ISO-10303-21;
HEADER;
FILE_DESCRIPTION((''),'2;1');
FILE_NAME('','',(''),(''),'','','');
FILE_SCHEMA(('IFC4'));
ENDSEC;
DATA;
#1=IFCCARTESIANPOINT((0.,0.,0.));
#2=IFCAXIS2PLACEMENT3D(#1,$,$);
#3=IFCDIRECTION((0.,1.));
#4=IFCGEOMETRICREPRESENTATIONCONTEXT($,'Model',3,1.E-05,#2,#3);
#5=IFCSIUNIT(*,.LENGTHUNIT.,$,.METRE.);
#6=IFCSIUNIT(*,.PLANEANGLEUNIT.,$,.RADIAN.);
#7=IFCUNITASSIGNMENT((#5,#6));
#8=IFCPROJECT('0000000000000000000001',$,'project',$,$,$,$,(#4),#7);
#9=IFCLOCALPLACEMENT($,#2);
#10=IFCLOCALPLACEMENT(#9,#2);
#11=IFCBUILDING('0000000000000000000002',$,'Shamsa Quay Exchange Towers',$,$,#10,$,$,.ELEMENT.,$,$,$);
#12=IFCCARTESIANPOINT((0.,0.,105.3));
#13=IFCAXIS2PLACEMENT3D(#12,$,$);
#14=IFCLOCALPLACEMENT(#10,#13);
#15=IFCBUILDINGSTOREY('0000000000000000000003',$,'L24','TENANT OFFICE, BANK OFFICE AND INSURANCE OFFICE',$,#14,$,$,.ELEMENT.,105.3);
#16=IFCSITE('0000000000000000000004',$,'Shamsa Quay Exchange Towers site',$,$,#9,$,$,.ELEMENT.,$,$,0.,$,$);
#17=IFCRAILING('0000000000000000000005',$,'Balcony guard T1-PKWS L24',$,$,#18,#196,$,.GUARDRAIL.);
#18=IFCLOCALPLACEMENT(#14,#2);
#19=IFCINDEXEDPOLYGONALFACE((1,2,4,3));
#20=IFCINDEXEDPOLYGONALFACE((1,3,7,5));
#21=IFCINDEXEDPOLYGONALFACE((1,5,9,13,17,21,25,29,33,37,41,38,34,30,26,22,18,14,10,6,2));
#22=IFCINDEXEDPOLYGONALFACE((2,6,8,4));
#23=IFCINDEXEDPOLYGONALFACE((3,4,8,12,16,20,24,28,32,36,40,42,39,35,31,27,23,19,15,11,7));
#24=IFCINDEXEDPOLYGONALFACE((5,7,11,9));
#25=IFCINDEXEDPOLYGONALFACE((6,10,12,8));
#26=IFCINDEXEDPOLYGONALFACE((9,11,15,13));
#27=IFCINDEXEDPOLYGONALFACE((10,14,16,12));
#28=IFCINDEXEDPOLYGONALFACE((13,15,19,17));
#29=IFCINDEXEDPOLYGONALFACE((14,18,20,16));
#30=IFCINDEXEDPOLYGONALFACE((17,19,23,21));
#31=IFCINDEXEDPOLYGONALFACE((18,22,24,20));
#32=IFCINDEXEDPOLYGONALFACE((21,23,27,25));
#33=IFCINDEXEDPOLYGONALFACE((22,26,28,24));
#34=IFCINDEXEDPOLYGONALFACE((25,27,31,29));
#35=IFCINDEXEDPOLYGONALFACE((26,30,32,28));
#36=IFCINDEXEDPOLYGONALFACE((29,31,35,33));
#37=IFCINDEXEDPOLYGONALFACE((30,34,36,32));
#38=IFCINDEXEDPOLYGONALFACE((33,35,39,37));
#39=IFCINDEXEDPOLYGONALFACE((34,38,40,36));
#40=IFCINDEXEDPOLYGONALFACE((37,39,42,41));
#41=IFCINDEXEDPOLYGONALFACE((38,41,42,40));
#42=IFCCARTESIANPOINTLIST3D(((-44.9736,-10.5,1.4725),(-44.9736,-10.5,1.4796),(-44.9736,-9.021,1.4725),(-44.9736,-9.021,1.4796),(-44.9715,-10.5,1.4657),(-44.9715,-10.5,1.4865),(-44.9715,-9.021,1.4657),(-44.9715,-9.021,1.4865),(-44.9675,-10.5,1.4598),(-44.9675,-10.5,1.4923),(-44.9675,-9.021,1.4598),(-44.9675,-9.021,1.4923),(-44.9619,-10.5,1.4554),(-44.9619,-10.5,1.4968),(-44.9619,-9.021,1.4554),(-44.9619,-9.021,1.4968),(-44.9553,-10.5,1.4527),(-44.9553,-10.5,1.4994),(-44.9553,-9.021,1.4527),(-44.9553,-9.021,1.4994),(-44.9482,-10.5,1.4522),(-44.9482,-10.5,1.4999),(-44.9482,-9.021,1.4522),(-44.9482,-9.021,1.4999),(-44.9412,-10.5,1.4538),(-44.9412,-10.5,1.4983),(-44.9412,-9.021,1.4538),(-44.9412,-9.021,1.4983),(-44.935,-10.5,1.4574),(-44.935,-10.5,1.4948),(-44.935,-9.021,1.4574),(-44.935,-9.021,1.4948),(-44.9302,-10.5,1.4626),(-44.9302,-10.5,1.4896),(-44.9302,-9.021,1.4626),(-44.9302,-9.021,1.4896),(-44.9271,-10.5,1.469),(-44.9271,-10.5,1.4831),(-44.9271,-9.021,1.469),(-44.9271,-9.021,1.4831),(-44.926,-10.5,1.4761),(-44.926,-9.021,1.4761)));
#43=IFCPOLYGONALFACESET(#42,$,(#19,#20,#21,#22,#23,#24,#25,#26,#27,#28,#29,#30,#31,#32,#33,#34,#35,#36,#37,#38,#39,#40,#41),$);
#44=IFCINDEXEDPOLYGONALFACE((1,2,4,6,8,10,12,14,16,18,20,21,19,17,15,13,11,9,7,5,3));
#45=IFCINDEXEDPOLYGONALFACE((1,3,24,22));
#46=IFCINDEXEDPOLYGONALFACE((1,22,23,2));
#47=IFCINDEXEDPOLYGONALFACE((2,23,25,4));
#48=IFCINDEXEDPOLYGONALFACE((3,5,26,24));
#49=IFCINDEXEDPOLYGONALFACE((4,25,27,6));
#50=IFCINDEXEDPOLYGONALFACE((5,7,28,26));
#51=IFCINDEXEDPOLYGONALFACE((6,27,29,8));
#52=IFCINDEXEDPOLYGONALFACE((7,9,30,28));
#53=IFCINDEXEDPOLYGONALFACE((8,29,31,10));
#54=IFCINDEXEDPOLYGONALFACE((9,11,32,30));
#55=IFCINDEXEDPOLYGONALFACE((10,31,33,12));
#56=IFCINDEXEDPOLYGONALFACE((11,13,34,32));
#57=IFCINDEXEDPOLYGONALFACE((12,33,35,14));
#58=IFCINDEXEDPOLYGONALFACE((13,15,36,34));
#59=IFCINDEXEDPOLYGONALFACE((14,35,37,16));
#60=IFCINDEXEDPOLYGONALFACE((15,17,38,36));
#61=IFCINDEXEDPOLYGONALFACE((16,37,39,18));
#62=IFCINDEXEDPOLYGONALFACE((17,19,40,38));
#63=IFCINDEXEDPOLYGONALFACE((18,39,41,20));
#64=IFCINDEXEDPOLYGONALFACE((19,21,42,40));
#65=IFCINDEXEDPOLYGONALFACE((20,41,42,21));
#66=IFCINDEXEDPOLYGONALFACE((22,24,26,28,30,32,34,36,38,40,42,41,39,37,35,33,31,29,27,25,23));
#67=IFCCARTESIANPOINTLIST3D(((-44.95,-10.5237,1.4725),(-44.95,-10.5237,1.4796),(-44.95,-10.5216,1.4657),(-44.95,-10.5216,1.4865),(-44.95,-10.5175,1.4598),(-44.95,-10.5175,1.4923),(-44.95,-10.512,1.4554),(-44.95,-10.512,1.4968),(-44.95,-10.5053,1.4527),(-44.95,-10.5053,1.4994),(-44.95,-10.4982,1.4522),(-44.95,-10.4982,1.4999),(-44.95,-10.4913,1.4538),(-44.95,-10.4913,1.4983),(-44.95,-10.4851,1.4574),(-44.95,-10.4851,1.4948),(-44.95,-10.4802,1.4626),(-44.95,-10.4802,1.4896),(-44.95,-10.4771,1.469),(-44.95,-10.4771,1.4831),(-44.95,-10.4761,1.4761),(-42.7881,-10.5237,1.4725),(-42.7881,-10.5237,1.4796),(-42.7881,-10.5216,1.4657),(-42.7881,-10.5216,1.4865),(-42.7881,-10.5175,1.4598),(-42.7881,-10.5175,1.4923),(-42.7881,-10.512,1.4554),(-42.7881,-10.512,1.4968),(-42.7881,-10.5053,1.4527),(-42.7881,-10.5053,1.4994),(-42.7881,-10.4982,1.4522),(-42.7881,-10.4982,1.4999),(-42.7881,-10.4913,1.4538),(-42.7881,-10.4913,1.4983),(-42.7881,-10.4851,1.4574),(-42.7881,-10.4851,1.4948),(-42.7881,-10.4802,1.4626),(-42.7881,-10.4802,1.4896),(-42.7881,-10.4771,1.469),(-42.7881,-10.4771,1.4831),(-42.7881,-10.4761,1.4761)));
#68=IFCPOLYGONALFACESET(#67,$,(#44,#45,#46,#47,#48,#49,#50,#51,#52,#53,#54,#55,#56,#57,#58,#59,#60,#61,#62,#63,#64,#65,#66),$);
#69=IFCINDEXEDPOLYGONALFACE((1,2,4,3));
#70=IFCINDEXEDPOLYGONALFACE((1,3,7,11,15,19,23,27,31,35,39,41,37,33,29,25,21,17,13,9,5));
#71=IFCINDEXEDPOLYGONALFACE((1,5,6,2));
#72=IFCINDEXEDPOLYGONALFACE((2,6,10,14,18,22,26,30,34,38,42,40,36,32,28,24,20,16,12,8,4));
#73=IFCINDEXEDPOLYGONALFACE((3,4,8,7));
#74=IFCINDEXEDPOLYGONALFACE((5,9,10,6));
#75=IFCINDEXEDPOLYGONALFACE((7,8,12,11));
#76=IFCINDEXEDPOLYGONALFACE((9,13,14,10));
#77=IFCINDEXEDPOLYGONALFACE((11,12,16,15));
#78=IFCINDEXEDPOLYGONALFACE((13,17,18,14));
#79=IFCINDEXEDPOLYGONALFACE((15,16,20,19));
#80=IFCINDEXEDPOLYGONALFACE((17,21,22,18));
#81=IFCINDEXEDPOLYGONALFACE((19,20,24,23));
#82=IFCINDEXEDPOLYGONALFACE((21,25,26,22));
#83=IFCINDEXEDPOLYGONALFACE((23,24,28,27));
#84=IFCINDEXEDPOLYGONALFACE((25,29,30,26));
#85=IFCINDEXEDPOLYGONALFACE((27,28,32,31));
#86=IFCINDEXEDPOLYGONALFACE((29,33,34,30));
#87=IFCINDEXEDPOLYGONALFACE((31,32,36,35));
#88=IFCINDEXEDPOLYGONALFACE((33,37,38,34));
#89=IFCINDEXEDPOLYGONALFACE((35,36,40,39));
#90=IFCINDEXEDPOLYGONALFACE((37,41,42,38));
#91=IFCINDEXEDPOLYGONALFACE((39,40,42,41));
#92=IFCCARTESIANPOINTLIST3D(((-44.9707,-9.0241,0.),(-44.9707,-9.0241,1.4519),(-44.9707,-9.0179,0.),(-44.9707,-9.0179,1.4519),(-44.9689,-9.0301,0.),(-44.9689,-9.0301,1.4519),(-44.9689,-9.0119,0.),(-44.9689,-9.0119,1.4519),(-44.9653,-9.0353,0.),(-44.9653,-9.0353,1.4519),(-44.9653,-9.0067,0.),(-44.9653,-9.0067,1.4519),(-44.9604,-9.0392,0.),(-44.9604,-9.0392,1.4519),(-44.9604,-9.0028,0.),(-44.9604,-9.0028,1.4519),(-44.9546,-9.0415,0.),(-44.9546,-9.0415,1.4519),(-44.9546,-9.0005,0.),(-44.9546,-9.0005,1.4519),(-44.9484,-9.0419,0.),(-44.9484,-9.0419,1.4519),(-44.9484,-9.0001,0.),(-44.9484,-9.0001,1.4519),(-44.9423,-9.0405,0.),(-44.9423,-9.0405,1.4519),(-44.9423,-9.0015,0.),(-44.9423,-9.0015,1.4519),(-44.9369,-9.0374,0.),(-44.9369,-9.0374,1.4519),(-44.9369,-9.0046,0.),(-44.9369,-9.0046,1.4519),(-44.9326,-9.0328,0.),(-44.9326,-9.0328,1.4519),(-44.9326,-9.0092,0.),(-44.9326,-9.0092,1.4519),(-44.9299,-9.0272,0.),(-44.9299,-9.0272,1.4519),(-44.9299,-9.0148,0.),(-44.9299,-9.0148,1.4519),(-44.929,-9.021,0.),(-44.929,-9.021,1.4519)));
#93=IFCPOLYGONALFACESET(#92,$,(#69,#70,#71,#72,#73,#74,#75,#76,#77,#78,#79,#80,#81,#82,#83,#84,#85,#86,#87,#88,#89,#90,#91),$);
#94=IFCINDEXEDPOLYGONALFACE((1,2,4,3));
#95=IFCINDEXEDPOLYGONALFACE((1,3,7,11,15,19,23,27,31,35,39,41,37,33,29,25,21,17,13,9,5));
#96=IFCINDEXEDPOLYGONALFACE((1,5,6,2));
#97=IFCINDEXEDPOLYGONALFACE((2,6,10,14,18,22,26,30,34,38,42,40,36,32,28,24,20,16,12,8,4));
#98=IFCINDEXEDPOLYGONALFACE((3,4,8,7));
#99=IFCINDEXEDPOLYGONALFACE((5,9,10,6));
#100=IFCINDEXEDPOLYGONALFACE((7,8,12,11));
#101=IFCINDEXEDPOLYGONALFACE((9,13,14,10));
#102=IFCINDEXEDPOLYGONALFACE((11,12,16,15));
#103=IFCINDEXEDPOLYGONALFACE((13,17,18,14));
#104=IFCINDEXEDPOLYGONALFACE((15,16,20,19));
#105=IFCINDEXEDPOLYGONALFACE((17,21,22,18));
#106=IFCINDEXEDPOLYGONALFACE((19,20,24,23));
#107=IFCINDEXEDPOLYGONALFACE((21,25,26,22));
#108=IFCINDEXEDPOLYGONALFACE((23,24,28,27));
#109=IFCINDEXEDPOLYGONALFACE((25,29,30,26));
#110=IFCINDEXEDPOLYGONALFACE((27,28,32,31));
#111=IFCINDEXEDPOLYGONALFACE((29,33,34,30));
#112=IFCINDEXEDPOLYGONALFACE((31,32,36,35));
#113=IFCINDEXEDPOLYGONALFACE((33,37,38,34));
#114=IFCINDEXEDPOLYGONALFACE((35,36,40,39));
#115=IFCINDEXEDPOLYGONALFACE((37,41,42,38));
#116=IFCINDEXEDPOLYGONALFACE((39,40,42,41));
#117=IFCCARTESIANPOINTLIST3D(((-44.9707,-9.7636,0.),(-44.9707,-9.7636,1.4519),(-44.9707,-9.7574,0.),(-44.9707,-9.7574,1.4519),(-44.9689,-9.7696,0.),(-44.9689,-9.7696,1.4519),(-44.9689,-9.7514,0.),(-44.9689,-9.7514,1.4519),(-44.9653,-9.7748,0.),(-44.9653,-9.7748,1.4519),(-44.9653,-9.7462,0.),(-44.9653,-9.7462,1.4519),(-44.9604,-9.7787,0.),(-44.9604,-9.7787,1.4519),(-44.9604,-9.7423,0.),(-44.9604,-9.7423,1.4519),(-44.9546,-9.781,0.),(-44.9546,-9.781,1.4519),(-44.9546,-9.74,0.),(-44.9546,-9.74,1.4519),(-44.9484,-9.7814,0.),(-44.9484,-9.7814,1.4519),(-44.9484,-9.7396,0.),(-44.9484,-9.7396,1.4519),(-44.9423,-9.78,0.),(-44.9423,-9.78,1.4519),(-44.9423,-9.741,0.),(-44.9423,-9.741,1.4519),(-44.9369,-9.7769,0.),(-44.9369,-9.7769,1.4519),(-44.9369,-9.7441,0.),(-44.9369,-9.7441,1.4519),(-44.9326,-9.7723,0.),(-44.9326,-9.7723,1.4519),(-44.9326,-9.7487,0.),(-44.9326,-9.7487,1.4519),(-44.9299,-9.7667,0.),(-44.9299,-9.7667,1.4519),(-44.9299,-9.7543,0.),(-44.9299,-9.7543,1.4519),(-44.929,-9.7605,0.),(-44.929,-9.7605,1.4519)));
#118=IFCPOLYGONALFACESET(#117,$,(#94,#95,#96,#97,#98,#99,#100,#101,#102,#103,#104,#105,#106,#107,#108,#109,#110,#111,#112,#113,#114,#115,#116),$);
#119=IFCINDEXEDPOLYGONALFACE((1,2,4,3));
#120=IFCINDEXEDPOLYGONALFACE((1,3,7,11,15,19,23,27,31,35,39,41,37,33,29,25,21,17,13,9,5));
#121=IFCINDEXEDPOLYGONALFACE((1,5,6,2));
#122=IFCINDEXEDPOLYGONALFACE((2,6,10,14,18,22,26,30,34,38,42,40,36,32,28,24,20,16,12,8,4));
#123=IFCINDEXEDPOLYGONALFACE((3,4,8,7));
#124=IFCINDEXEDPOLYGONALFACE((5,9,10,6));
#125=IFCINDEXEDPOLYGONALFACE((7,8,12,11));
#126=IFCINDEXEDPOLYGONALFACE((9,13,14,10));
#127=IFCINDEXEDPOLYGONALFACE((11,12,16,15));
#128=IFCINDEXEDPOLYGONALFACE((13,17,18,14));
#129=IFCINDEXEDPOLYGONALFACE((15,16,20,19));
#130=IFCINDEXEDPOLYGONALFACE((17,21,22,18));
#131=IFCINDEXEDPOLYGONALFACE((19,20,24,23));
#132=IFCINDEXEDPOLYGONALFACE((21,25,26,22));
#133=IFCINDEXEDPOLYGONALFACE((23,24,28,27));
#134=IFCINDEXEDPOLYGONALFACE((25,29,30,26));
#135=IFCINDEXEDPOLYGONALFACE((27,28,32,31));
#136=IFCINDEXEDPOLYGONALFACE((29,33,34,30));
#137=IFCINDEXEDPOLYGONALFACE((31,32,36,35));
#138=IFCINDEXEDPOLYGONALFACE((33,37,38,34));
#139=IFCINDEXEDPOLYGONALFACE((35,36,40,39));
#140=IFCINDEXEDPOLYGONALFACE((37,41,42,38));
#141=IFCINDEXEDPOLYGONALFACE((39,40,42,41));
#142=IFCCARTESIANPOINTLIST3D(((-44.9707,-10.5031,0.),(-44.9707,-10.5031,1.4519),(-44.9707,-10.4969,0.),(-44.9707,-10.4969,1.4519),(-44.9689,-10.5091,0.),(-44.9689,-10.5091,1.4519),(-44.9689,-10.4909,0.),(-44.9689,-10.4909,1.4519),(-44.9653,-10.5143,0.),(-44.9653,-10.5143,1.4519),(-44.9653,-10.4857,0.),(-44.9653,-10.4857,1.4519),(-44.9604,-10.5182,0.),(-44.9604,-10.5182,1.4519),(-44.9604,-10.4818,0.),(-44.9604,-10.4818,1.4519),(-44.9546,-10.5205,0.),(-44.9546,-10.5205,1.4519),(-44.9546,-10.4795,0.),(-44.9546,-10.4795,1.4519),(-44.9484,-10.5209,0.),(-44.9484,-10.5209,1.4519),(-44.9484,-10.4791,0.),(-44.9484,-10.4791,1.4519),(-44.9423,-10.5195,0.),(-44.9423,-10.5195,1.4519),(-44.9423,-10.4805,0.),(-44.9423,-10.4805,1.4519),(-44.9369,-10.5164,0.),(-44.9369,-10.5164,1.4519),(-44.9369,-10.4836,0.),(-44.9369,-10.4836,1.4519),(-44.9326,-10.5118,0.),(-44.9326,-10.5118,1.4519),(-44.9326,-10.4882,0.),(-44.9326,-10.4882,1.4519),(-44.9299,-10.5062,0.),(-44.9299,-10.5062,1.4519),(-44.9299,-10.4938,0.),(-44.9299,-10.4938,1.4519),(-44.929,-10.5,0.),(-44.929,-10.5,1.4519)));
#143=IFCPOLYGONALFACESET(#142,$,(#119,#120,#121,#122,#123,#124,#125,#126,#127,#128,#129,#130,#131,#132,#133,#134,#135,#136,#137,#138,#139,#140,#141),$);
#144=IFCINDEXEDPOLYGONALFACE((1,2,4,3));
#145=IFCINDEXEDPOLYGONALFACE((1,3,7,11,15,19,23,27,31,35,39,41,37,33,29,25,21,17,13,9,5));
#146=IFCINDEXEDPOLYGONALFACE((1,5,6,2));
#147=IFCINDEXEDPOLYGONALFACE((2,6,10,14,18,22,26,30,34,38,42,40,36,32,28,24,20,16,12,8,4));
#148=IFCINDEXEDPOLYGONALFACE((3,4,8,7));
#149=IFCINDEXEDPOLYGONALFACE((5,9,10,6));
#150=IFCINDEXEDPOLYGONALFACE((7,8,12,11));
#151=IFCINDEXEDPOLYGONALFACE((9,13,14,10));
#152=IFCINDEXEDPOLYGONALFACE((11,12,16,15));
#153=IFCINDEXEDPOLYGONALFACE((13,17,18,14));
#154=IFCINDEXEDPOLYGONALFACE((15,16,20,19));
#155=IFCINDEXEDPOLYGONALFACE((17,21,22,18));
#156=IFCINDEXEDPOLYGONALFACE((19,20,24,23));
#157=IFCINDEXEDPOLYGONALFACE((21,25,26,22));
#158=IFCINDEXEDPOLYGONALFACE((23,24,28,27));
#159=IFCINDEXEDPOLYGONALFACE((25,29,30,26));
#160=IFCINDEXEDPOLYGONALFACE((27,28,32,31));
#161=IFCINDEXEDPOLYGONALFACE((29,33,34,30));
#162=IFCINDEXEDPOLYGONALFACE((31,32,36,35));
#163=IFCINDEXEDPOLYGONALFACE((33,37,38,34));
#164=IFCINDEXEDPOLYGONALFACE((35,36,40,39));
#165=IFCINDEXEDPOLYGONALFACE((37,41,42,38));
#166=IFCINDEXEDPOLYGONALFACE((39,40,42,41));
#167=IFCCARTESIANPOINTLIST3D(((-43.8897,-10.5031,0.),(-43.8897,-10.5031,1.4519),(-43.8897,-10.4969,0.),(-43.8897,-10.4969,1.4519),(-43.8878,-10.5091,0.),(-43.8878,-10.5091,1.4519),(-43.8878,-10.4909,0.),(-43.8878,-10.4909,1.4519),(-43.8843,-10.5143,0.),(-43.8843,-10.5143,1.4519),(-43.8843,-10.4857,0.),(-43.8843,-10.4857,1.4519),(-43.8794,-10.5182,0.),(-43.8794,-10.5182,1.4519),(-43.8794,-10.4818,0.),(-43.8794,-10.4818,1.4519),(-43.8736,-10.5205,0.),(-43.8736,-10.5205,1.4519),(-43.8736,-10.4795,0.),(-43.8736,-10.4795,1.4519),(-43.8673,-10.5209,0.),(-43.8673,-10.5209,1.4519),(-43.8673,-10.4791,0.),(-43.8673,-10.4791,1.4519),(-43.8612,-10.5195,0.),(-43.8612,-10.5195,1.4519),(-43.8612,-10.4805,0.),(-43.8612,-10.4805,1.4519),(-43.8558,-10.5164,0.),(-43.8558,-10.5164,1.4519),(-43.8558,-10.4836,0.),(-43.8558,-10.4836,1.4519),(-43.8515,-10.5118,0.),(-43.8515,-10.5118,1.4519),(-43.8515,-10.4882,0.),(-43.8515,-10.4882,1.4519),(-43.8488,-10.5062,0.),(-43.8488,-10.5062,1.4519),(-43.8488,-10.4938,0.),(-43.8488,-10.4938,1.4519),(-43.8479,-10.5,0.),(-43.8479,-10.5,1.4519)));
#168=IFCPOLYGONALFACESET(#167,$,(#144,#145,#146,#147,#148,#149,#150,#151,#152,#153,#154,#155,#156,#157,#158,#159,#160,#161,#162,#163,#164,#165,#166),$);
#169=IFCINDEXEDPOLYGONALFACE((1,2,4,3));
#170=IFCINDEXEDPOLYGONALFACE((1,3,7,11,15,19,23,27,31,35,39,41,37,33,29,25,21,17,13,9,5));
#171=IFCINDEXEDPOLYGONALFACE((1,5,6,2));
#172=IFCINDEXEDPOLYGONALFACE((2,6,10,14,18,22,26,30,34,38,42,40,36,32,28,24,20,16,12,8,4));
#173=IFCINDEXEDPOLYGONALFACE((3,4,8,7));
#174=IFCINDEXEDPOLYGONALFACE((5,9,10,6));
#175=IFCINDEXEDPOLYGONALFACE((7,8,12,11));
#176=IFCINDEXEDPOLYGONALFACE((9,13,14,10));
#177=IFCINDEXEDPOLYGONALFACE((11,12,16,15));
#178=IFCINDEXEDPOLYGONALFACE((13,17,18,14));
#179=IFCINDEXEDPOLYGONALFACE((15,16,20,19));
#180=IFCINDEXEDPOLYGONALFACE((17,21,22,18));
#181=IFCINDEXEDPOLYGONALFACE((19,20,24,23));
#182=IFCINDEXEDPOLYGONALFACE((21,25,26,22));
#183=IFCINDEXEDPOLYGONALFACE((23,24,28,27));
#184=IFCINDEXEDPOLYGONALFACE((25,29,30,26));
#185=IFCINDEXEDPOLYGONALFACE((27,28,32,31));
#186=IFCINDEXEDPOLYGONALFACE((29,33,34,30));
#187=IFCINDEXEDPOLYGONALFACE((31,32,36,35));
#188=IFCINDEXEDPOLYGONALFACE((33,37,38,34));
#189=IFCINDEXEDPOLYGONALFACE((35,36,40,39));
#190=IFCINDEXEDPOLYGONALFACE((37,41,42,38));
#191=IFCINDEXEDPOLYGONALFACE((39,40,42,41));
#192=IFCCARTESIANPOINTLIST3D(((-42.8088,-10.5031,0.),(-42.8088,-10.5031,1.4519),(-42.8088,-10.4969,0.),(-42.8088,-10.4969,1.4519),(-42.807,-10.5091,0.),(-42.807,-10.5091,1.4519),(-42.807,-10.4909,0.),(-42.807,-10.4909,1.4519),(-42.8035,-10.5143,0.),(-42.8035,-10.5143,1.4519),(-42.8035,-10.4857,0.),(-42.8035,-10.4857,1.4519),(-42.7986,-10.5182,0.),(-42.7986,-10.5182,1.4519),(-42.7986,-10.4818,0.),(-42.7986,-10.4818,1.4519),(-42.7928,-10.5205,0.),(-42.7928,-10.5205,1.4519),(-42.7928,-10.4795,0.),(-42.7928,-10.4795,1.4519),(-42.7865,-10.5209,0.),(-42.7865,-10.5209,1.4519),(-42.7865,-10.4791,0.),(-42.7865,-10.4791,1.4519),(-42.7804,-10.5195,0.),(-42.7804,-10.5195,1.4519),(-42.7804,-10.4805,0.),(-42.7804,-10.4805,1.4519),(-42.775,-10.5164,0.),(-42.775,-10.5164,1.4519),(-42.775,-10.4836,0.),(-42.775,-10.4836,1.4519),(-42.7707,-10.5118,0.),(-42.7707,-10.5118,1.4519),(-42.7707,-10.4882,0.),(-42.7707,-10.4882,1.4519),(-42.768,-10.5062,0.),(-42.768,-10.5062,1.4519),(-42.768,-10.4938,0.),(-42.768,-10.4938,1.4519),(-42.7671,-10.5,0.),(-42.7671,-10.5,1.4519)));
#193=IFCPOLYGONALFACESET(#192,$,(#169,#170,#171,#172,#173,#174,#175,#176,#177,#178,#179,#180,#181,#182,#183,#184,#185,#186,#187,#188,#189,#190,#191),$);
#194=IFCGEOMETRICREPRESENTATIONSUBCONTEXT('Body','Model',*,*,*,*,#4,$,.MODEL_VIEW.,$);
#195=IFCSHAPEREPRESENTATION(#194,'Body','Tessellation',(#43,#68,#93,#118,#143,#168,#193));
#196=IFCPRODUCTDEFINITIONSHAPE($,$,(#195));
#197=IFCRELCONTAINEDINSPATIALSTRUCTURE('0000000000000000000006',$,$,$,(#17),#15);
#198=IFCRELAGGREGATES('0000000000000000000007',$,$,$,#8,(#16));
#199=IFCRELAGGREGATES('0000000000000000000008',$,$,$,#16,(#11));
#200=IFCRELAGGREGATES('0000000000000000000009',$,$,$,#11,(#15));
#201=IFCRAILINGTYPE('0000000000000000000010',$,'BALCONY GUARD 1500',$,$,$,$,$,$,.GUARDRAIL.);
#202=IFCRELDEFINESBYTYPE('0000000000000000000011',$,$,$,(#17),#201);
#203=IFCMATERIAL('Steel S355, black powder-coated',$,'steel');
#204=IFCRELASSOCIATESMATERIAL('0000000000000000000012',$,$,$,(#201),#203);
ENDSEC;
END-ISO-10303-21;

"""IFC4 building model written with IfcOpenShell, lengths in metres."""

from ifc_helpers import new_model, si_unit, direction, frame, origin, origin_2d, place, context, subcontext, project, spatial, circle, extrude, material, type_object, element, save


model = new_model("IFC4")

# Units and contexts
model_context = context("Model", 3, precision=1e-05, world=origin(), true_north=direction((0.0, 1.0)))
body_context = subcontext(model_context, "Body", "Model", "MODEL_VIEW")
ifc_project = project(units=[si_unit("LENGTHUNIT", "METRE"), si_unit("PLANEANGLEUNIT", "RADIAN")], contexts=[model_context])

# Site, building, storey
site_placement = place(None, origin())
site = spatial("IfcSite", under=ifc_project, at=site_placement, Name="Shamsa Quay Exchange Towers site", CompositionType="ELEMENT", RefElevation=0.0)
building_placement = place(site_placement, origin())
building = spatial("IfcBuilding", under=site, at=building_placement, Name="Shamsa Quay Exchange Towers", CompositionType="ELEMENT")
storey_placement = place(building_placement, frame((0.0, 0.0, 105.3)))
storey = spatial("IfcBuildingStorey", under=building, at=storey_placement, Name="L24", Description="TENANT OFFICE, BANK OFFICE AND INSURANCE OFFICE", CompositionType="ELEMENT", Elevation=105.3)

# Railing
ifc_material_1 = material(Name="Steel S355, black powder-coated", Category="steel")
railing_type_1 = type_object("IfcRailingType", Name="BALCONY GUARD 1500", PredefinedType="GUARDRAIL", material=ifc_material_1)
for number, where, name in (
    (1, (-44.95, -9.021, 0.0), "Balcony guard T1-PKWS L24"),
):
    element("IfcRailing", number, at=place(storey_placement, frame(where)), inside=storey, type_object=railing_type_1, Name=name, PredefinedType="GUARDRAIL", context=body_context, shape_type="SweptSolid", body=[
        extrude(circle(Radius=0.0239, at=origin_2d()), frame((0.0, 0.0, 1.4761), z_axis=(0.0, -1.0, 0.0), x_axis=(1.0, 0.0, 0.0)), (0.0, 0.0, 1.0), 1.479),
        extrude(circle(Radius=0.0239, at=origin_2d()), frame((0.0, -1.479, 1.4761), z_axis=(1.0, 0.0, 0.0), x_axis=(0.0, 1.0, 0.0)), (0.0, 0.0, 1.0), 2.1619),
        extrude(circle(Radius=0.021, at=origin_2d()), origin(), (0.0, 0.0, 1.0), 1.4519),
        extrude(circle(Radius=0.021, at=origin_2d()), frame((0.0, -0.7395, 0.0)), (0.0, 0.0, 1.0), 1.4519),
        extrude(circle(Radius=0.021, at=origin_2d()), frame((0.0, -1.479, 0.0)), (0.0, 0.0, 1.0), 1.4519),
        extrude(circle(Radius=0.021, at=origin_2d()), frame((1.0811, -1.479, 0.0)), (0.0, 0.0, 1.0), 1.4519),
        extrude(circle(Radius=0.021, at=origin_2d()), frame((2.1619, -1.479, 0.0)), (0.0, 0.0, 1.0), 1.4519),
    ])

save(model, "model.ifc")
